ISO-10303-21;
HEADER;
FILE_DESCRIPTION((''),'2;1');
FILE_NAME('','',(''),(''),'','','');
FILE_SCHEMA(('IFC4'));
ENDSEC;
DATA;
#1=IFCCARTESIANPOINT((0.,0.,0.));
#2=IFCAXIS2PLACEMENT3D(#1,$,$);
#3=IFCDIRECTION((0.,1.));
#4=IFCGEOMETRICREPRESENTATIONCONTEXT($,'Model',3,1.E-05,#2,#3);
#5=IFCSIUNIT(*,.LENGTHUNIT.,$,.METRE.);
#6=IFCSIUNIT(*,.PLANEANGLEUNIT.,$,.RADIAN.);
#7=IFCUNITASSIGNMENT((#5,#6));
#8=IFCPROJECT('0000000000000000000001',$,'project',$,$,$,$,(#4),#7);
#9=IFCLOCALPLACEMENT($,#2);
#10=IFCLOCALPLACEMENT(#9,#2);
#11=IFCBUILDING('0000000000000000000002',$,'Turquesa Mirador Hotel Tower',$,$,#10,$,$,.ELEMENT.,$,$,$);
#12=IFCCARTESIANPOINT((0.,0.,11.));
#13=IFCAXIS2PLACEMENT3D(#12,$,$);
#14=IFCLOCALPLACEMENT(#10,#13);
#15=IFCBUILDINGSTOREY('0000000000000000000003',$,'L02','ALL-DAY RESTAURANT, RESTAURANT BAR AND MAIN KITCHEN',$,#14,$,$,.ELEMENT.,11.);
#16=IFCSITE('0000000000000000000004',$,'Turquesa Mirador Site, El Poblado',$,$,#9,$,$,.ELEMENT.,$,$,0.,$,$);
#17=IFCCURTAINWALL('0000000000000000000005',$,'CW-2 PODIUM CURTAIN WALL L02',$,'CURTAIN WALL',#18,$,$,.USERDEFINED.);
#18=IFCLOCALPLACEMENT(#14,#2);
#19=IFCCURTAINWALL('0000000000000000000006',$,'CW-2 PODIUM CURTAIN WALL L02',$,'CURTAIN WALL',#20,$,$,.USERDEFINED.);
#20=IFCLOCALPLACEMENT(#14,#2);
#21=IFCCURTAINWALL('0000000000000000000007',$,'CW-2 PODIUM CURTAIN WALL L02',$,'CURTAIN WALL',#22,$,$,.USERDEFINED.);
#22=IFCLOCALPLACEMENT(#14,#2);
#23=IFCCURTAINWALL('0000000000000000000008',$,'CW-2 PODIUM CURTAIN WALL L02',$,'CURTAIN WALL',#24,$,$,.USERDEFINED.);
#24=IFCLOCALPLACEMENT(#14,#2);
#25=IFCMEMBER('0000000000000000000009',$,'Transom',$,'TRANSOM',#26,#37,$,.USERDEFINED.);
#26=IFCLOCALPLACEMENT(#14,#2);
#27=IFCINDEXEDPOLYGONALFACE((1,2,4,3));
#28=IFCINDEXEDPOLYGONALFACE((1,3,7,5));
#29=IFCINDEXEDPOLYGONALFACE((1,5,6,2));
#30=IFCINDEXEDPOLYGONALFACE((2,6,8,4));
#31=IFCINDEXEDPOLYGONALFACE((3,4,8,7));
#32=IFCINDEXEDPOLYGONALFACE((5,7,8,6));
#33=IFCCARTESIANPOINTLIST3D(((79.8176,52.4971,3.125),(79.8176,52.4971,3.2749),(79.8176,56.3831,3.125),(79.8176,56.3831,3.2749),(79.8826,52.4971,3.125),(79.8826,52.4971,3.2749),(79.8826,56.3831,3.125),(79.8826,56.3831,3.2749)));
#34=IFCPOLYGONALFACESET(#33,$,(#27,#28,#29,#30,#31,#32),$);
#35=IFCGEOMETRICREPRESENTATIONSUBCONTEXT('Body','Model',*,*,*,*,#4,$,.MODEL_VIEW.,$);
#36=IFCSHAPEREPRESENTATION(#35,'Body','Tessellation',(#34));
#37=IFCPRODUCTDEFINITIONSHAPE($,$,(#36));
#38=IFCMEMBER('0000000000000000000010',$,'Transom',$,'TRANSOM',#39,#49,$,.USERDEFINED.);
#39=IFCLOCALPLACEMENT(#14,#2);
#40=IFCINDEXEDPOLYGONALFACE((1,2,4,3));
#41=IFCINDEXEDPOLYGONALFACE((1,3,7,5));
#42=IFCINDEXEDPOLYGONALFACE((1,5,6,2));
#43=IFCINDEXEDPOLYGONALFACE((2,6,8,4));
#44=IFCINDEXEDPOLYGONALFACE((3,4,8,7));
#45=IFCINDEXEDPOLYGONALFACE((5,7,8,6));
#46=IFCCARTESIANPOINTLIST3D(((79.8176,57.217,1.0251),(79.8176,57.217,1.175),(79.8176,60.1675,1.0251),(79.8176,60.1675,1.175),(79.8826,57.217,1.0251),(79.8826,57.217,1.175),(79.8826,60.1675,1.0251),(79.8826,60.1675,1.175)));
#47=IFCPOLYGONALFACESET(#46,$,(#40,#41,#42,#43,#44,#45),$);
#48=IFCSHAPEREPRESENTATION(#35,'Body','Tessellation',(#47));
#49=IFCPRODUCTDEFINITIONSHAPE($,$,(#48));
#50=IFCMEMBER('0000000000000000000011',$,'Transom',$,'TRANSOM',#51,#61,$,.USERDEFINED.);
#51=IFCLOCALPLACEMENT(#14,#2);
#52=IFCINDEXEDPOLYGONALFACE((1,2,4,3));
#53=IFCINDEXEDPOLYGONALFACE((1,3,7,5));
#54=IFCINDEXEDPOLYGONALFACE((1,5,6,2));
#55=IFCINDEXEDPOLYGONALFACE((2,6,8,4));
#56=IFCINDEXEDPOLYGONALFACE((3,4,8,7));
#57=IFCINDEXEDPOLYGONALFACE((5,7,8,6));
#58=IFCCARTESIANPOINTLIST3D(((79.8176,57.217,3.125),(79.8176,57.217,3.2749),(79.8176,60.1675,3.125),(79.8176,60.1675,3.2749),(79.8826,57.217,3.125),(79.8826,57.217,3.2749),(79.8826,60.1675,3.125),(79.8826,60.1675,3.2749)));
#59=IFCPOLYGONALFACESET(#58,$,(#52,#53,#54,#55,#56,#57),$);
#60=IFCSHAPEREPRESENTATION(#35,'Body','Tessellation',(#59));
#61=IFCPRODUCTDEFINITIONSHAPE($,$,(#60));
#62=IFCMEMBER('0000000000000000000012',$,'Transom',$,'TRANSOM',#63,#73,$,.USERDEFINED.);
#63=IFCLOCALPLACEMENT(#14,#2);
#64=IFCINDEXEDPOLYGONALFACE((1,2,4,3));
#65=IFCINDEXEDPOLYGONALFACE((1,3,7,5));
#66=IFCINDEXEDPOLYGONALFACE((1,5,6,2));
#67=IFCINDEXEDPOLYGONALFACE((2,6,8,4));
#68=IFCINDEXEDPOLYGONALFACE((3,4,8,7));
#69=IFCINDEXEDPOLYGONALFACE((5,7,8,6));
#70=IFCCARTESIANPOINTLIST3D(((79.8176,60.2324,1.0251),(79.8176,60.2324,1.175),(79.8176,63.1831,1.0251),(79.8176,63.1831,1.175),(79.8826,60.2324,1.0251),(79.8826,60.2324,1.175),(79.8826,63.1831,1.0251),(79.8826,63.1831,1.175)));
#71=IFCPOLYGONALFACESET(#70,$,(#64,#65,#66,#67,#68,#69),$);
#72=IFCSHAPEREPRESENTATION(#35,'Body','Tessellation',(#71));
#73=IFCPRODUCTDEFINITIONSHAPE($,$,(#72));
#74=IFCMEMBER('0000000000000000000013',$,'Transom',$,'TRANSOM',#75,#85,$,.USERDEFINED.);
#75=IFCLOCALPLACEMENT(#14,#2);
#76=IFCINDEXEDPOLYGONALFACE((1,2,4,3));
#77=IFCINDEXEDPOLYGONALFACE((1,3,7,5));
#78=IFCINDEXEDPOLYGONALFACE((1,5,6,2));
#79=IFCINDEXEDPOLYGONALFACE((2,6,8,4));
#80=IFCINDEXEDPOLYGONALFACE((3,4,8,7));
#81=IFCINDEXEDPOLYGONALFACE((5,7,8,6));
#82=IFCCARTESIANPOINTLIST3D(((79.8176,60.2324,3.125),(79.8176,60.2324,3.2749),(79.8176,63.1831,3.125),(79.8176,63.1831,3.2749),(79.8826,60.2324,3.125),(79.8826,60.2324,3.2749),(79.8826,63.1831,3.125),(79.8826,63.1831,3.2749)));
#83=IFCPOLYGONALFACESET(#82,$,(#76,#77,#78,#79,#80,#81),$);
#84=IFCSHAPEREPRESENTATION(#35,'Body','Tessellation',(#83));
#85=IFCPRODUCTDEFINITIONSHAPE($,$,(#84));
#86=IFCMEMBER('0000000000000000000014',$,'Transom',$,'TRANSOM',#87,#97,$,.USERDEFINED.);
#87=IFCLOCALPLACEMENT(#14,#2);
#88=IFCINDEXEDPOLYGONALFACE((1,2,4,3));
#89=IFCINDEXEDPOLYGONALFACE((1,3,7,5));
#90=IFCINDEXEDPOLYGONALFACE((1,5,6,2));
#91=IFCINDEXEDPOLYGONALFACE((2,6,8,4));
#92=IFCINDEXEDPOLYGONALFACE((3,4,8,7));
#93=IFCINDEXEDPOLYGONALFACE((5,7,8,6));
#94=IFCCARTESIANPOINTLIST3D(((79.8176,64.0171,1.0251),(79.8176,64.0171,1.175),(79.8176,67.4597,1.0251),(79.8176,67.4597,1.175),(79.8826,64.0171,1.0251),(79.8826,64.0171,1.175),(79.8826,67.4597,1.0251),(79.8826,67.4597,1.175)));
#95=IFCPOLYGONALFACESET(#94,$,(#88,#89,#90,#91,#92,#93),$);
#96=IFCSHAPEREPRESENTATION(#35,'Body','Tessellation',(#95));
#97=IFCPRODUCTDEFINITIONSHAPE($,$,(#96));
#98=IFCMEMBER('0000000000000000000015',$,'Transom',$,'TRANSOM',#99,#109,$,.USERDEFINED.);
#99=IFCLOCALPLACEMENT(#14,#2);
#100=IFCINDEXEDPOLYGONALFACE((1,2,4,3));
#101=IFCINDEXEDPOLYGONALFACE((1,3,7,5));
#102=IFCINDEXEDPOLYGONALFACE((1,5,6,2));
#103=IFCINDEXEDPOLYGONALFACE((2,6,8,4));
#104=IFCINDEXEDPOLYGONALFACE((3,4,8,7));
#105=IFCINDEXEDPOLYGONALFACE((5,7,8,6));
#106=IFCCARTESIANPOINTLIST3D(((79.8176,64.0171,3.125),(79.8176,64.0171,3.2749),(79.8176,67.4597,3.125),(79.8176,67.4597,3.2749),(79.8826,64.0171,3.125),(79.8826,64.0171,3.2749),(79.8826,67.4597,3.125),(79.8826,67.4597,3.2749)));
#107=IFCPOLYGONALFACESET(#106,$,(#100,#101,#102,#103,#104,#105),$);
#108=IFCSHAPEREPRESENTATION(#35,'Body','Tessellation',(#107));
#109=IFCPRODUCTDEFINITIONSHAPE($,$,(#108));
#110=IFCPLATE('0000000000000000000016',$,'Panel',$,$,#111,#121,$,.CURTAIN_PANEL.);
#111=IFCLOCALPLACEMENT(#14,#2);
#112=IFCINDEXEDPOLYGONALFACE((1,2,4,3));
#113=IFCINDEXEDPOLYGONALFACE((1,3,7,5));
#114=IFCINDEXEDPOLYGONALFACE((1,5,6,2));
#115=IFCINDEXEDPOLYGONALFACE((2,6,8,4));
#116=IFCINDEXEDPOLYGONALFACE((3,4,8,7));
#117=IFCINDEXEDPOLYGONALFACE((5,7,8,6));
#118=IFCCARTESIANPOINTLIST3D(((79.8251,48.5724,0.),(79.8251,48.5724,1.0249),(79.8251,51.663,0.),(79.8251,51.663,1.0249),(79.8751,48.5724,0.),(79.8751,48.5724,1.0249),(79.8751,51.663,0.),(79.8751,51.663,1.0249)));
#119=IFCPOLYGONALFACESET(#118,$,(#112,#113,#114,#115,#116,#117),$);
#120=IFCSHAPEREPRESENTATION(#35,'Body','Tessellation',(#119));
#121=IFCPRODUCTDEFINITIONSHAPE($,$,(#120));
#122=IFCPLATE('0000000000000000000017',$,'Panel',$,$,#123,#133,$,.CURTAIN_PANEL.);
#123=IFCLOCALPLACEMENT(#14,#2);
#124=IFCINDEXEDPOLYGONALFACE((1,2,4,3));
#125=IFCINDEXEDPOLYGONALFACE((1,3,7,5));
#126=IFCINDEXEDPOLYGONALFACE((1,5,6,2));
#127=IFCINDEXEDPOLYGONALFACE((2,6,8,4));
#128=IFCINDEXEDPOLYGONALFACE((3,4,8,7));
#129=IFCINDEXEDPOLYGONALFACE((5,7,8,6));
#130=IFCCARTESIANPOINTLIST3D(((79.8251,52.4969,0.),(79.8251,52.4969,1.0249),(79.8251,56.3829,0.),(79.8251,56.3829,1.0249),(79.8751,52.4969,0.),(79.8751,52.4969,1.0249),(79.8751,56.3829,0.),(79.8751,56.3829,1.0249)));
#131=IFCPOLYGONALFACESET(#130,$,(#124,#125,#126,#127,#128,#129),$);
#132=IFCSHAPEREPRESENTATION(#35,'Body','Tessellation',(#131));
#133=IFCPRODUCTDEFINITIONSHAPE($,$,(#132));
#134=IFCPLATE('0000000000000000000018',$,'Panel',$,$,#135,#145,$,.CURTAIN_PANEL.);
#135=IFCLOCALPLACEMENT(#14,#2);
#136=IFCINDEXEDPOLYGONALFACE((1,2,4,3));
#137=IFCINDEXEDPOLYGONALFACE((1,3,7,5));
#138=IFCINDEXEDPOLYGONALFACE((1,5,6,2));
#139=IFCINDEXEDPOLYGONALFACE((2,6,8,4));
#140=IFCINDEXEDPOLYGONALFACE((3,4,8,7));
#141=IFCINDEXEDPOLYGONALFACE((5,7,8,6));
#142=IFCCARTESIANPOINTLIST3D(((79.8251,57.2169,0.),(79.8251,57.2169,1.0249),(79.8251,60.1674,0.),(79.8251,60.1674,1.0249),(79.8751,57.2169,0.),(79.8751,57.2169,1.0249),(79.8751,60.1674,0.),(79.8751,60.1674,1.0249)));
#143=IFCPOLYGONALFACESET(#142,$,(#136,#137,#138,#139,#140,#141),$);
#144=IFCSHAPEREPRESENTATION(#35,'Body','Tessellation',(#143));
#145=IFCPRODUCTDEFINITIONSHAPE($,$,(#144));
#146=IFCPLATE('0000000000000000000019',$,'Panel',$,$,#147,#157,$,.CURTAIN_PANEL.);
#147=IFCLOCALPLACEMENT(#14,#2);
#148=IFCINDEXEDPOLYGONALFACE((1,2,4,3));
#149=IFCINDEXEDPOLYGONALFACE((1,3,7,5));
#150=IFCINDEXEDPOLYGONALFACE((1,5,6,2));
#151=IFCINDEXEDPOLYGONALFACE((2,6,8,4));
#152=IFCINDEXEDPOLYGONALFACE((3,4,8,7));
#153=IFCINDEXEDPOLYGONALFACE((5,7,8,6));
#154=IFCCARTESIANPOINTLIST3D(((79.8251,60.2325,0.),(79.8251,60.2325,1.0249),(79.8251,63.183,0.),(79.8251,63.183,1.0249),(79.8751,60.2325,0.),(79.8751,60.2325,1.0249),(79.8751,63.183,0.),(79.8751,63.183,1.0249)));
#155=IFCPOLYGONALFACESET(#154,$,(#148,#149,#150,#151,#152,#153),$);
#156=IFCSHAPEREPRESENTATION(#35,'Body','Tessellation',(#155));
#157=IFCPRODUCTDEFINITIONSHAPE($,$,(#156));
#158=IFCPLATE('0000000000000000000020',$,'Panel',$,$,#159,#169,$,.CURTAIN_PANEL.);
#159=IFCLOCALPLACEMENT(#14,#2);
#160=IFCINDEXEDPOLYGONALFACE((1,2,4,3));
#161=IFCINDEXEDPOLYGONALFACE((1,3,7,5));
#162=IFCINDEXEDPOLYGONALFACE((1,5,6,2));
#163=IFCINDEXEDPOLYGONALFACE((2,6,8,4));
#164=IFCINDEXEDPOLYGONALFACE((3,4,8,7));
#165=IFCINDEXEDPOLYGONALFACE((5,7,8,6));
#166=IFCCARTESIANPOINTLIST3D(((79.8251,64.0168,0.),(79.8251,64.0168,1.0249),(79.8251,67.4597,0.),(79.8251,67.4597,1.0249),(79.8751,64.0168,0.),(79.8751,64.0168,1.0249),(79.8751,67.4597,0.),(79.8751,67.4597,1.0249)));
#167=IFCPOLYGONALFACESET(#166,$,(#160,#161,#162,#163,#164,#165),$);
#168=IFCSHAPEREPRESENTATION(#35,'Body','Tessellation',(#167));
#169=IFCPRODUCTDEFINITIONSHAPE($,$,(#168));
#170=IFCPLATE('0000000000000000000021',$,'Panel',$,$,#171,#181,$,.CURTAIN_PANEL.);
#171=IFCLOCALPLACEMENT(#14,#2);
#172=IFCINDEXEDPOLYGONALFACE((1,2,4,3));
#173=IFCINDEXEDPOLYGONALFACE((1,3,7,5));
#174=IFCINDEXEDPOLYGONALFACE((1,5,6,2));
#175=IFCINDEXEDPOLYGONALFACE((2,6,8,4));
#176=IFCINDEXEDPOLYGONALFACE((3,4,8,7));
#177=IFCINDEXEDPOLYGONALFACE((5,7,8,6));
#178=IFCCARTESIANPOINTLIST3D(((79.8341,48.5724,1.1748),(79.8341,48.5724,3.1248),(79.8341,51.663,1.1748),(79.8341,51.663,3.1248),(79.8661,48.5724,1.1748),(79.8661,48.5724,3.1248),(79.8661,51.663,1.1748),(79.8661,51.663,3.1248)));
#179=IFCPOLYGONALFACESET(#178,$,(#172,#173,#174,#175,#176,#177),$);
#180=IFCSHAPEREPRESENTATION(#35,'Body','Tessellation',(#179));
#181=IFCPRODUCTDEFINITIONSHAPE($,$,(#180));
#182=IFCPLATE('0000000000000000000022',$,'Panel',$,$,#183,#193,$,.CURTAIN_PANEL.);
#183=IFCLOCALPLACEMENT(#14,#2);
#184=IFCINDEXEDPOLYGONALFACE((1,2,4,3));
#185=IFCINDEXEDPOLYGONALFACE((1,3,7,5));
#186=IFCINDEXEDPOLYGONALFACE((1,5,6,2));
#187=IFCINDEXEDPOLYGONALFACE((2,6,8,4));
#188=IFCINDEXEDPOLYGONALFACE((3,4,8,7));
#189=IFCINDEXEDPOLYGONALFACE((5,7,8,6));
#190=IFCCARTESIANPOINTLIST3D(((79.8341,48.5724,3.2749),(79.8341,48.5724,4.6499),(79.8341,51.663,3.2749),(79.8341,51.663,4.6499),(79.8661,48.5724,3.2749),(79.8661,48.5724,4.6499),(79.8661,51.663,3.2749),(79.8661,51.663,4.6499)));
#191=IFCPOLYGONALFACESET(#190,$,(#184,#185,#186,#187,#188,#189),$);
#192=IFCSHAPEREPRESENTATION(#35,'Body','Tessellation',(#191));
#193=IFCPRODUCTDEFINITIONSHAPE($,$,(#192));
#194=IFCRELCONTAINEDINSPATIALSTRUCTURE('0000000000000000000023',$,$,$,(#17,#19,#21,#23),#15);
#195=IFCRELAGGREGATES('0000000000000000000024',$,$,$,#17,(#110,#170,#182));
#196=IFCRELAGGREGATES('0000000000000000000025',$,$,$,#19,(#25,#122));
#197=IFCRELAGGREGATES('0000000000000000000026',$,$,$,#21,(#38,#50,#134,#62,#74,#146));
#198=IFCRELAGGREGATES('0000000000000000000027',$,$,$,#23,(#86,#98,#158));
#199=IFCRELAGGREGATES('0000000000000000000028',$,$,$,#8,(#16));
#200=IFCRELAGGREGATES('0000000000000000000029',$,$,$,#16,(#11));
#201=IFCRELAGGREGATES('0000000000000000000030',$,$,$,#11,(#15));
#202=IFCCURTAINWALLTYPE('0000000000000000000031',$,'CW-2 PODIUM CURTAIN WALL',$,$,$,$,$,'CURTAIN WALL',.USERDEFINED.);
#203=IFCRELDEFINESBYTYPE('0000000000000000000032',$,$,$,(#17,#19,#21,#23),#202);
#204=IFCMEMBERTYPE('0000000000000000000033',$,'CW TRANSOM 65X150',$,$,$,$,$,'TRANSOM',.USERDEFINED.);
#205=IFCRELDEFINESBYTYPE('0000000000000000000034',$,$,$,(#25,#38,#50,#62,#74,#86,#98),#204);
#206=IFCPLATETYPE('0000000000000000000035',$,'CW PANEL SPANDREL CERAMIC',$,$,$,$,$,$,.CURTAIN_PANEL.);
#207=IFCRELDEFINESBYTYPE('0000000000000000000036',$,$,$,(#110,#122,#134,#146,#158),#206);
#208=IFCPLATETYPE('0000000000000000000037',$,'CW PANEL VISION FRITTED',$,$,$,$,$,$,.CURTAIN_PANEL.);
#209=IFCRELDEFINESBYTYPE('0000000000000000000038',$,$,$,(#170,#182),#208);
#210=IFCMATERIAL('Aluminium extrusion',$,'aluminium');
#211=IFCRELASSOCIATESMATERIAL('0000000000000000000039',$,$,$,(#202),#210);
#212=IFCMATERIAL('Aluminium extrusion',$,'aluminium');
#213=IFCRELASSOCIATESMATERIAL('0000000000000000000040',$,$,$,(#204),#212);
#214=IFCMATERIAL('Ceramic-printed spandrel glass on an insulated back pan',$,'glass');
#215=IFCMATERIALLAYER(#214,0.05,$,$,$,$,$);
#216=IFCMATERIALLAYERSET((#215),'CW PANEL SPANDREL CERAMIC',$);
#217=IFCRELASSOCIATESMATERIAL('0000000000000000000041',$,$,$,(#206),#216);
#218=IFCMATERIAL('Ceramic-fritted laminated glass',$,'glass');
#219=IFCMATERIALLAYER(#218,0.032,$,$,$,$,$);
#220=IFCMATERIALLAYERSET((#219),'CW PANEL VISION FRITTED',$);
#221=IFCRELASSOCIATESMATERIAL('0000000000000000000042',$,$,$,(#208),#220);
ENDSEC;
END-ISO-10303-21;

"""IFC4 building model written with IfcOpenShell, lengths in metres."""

from ifc_helpers import new_model, si_unit, direction, frame, origin, origin_2d, place, context, subcontext, project, spatial, rectangle, extrude, material, layer, layer_set, material_profile, profile_set, type_object, element, aggregate, save


model = new_model("IFC4")

# Units and contexts
model_context = context("Model", 3, precision=1e-05, world=origin(), true_north=direction((0.0, 1.0)))
body_context = subcontext(model_context, "Body", "Model", "MODEL_VIEW")
ifc_project = project(units=[si_unit("LENGTHUNIT", "METRE"), si_unit("PLANEANGLEUNIT", "RADIAN")], contexts=[model_context])

# Site, building, storey
site_placement = place(None, origin())
site = spatial("IfcSite", under=ifc_project, at=site_placement, Name="Turquesa Mirador Site, El Poblado", CompositionType="ELEMENT", RefElevation=0.0)
building_placement = place(site_placement, origin())
building = spatial("IfcBuilding", under=site, at=building_placement, Name="Turquesa Mirador Hotel Tower", CompositionType="ELEMENT")
storey_placement = place(building_placement, frame((0.0, 0.0, 11.0)))
storey = spatial("IfcBuildingStorey", under=building, at=storey_placement, Name="L02", Description="ALL-DAY RESTAURANT, RESTAURANT BAR AND MAIN KITCHEN", CompositionType="ELEMENT", Elevation=11.0)

# Curtain wall
ifc_material_1 = material(Name="Aluminium extrusion", Category="aluminium")
curtain_wall_type = type_object("IfcCurtainWallType", Name="CW-2 PODIUM CURTAIN WALL", ElementType="CURTAIN WALL", PredefinedType="USERDEFINED", material=ifc_material_1)
curtain_wall_1_placement = place(storey_placement, origin())
curtain_wall_1 = element("IfcCurtainWall", 1, at=curtain_wall_1_placement, inside=storey, type_object=curtain_wall_type, Name="CW-2 PODIUM CURTAIN WALL L02", ObjectType="CURTAIN WALL", PredefinedType="USERDEFINED")

# Curtain walls
curtain_wall_2_placement = place(storey_placement, origin())
curtain_wall_2 = element("IfcCurtainWall", 2, at=curtain_wall_2_placement, inside=storey, type_object=curtain_wall_type, Name="CW-2 PODIUM CURTAIN WALL L02", ObjectType="CURTAIN WALL", PredefinedType="USERDEFINED")
curtain_wall_3_placement = place(storey_placement, origin())
curtain_wall_3 = element("IfcCurtainWall", 3, at=curtain_wall_3_placement, inside=storey, type_object=curtain_wall_type, Name="CW-2 PODIUM CURTAIN WALL L02", ObjectType="CURTAIN WALL", PredefinedType="USERDEFINED")

# Curtain wall
curtain_wall_4_placement = place(storey_placement, origin())
curtain_wall_4 = element("IfcCurtainWall", 4, at=curtain_wall_4_placement, inside=storey, type_object=curtain_wall_type, Name="CW-2 PODIUM CURTAIN WALL L02", ObjectType="CURTAIN WALL", PredefinedType="USERDEFINED")

# Members
ifc_material_2 = material(Name="Aluminium extrusion", Category="aluminium")
ifc_material_profile_1 = material_profile(ifc_material_2, rectangle(XDim=0.0649, YDim=0.1499, at=origin_2d()), Name="TRANSOM 65X150")
ifc_profile_set_1 = profile_set([ifc_material_profile_1], Name="Aluminium extrusion")
member_type_1 = type_object("IfcMemberType", Name="CW TRANSOM 65X150", ElementType="TRANSOM", PredefinedType="USERDEFINED", material=ifc_profile_set_1)
member_1_placement = place(storey_placement, frame((79.8501, 52.4971, 3.2), z_axis=(0.0, 1.0, 0.0), x_axis=(-1.0, 0.0, 0.0)))
member_1 = element("IfcMember", 5, at=member_1_placement, type_object=member_type_1, Name="Transom", ObjectType="TRANSOM", PredefinedType="USERDEFINED", context=body_context, shape_type="SweptSolid", body=[
    extrude(rectangle(XDim=0.0649, YDim=0.1499, at=origin_2d()), origin(), (0.0, 0.0, 1.0), 3.886),
])
member_2_placement = place(storey_placement, frame((79.8501, 57.217, 1.1001), z_axis=(0.0, 1.0, 0.0), x_axis=(-1.0, 0.0, 0.0)))
member_2 = element("IfcMember", 6, at=member_2_placement, type_object=member_type_1, Name="Transom", ObjectType="TRANSOM", PredefinedType="USERDEFINED", context=body_context, shape_type="SweptSolid", body=[
    extrude(rectangle(XDim=0.0649, YDim=0.1499, at=origin_2d()), origin(), (0.0, 0.0, 1.0), 2.9504),
])
member_3_placement = place(storey_placement, frame((79.8501, 57.217, 3.2), z_axis=(0.0, 1.0, 0.0), x_axis=(-1.0, 0.0, 0.0)))
member_3 = element("IfcMember", 7, at=member_3_placement, type_object=member_type_1, Name="Transom", ObjectType="TRANSOM", PredefinedType="USERDEFINED", context=body_context, shape_type="SweptSolid", body=[
    extrude(rectangle(XDim=0.0649, YDim=0.1499, at=origin_2d()), origin(), (0.0, 0.0, 1.0), 2.9504),
])
member_4_placement = place(storey_placement, frame((79.8501, 60.2324, 1.1001), z_axis=(0.0, 1.0, 0.0), x_axis=(-1.0, 0.0, 0.0)))
member_4 = element("IfcMember", 8, at=member_4_placement, type_object=member_type_1, Name="Transom", ObjectType="TRANSOM", PredefinedType="USERDEFINED", context=body_context, shape_type="SweptSolid", body=[
    extrude(rectangle(XDim=0.0649, YDim=0.1499, at=origin_2d()), origin(), (0.0, 0.0, 1.0), 2.9507),
])
member_5_placement = place(storey_placement, frame((79.8501, 60.2324, 3.2), z_axis=(0.0, 1.0, 0.0), x_axis=(-1.0, 0.0, 0.0)))
member_5 = element("IfcMember", 9, at=member_5_placement, type_object=member_type_1, Name="Transom", ObjectType="TRANSOM", PredefinedType="USERDEFINED", context=body_context, shape_type="SweptSolid", body=[
    extrude(rectangle(XDim=0.0649, YDim=0.1499, at=origin_2d()), origin(), (0.0, 0.0, 1.0), 2.9507),
])
member_6_placement = place(storey_placement, frame((79.8501, 64.0171, 1.1001), z_axis=(0.0, 1.0, 0.0), x_axis=(-1.0, 0.0, 0.0)))
member_6 = element("IfcMember", 10, at=member_6_placement, type_object=member_type_1, Name="Transom", ObjectType="TRANSOM", PredefinedType="USERDEFINED", context=body_context, shape_type="SweptSolid", body=[
    extrude(rectangle(XDim=0.0649, YDim=0.1499, at=origin_2d()), origin(), (0.0, 0.0, 1.0), 3.4426),
])
member_7_placement = place(storey_placement, frame((79.8501, 64.0171, 3.2), z_axis=(0.0, 1.0, 0.0), x_axis=(-1.0, 0.0, 0.0)))
member_7 = element("IfcMember", 11, at=member_7_placement, type_object=member_type_1, Name="Transom", ObjectType="TRANSOM", PredefinedType="USERDEFINED", context=body_context, shape_type="SweptSolid", body=[
    extrude(rectangle(XDim=0.0649, YDim=0.1499, at=origin_2d()), origin(), (0.0, 0.0, 1.0), 3.4426),
])

# Plates
ifc_material_3 = material(Name="Ceramic-printed spandrel glass on an insulated back pan", Category="glass")
ifc_layer_1 = layer(ifc_material_3, 0.05)
ifc_layer_set_1 = layer_set([ifc_layer_1], Name="CW PANEL SPANDREL CERAMIC")
plate_type_1 = type_object("IfcPlateType", Name="CW PANEL SPANDREL CERAMIC", PredefinedType="CURTAIN_PANEL", material=ifc_layer_set_1)
plate_1_placement = place(storey_placement, frame((79.8501, 50.1177, 0.0), z_axis=(0.0, 0.0, 1.0), x_axis=(0.0, 1.0, 0.0)))
plate_1 = element("IfcPlate", 12, at=plate_1_placement, type_object=plate_type_1, Name="Panel", PredefinedType="CURTAIN_PANEL", context=body_context, shape_type="SweptSolid", body=[
    extrude(rectangle(XDim=3.0906, YDim=0.05, at=origin_2d()), origin(), (0.0, 0.0, 1.0), 1.0249),
])
plate_2_placement = place(storey_placement, frame((79.8501, 54.4399, 0.0), z_axis=(0.0, 0.0, 1.0), x_axis=(0.0, 1.0, 0.0)))
plate_2 = element("IfcPlate", 13, at=plate_2_placement, type_object=plate_type_1, Name="Panel", PredefinedType="CURTAIN_PANEL", context=body_context, shape_type="SweptSolid", body=[
    extrude(rectangle(XDim=3.886, YDim=0.05, at=origin_2d()), origin(), (0.0, 0.0, 1.0), 1.0249),
])
plate_3_placement = place(storey_placement, frame((79.8501, 58.6921, 0.0), z_axis=(0.0, 0.0, 1.0), x_axis=(0.0, 1.0, 0.0)))
plate_3 = element("IfcPlate", 14, at=plate_3_placement, type_object=plate_type_1, Name="Panel", PredefinedType="CURTAIN_PANEL", context=body_context, shape_type="SweptSolid", body=[
    extrude(rectangle(XDim=2.9504, YDim=0.05, at=origin_2d()), origin(), (0.0, 0.0, 1.0), 1.0249),
])
plate_4_placement = place(storey_placement, frame((79.8501, 61.7078, 0.0), z_axis=(0.0, 0.0, 1.0), x_axis=(0.0, 1.0, 0.0)))
plate_4 = element("IfcPlate", 15, at=plate_4_placement, type_object=plate_type_1, Name="Panel", PredefinedType="CURTAIN_PANEL", context=body_context, shape_type="SweptSolid", body=[
    extrude(rectangle(XDim=2.9504, YDim=0.05, at=origin_2d()), origin(), (0.0, 0.0, 1.0), 1.0249),
])
plate_5_placement = place(storey_placement, frame((79.8501, 65.7383, 0.0), z_axis=(0.0, 0.0, 1.0), x_axis=(0.0, 1.0, 0.0)))
plate_5 = element("IfcPlate", 16, at=plate_5_placement, type_object=plate_type_1, Name="Panel", PredefinedType="CURTAIN_PANEL", context=body_context, shape_type="SweptSolid", body=[
    extrude(rectangle(XDim=3.4429, YDim=0.05, at=origin_2d()), origin(), (0.0, 0.0, 1.0), 1.0249),
])
ifc_material_4 = material(Name="Ceramic-fritted laminated glass", Category="glass")
ifc_layer_2 = layer(ifc_material_4, 0.032)
ifc_layer_set_2 = layer_set([ifc_layer_2], Name="CW PANEL VISION FRITTED")
plate_type_2 = type_object("IfcPlateType", Name="CW PANEL VISION FRITTED", PredefinedType="CURTAIN_PANEL", material=ifc_layer_set_2)
plate_6_placement = place(storey_placement, frame((79.8501, 50.1177, 1.1748), z_axis=(0.0, 0.0, 1.0), x_axis=(0.0, 1.0, 0.0)))
plate_6 = element("IfcPlate", 17, at=plate_6_placement, type_object=plate_type_2, Name="Panel", PredefinedType="CURTAIN_PANEL", context=body_context, shape_type="SweptSolid", body=[
    extrude(rectangle(XDim=3.0906, YDim=0.032, at=origin_2d()), origin(), (0.0, 0.0, 1.0), 1.95),
])
plate_7_placement = place(storey_placement, frame((79.8501, 50.1177, 3.2749), z_axis=(0.0, 0.0, 1.0), x_axis=(0.0, 1.0, 0.0)))
plate_7 = element("IfcPlate", 18, at=plate_7_placement, type_object=plate_type_2, Name="Panel", PredefinedType="CURTAIN_PANEL", context=body_context, shape_type="SweptSolid", body=[
    extrude(rectangle(XDim=3.0906, YDim=0.032, at=origin_2d()), origin(), (0.0, 0.0, 1.0), 1.375),
])
aggregate(curtain_wall_1, [plate_1, plate_6, plate_7])
aggregate(curtain_wall_2, [member_1, plate_2])
aggregate(curtain_wall_3, [member_2, member_3, plate_3, member_4, member_5, plate_4])
aggregate(curtain_wall_4, [member_6, member_7, plate_5])

save(model, "model.ifc")
